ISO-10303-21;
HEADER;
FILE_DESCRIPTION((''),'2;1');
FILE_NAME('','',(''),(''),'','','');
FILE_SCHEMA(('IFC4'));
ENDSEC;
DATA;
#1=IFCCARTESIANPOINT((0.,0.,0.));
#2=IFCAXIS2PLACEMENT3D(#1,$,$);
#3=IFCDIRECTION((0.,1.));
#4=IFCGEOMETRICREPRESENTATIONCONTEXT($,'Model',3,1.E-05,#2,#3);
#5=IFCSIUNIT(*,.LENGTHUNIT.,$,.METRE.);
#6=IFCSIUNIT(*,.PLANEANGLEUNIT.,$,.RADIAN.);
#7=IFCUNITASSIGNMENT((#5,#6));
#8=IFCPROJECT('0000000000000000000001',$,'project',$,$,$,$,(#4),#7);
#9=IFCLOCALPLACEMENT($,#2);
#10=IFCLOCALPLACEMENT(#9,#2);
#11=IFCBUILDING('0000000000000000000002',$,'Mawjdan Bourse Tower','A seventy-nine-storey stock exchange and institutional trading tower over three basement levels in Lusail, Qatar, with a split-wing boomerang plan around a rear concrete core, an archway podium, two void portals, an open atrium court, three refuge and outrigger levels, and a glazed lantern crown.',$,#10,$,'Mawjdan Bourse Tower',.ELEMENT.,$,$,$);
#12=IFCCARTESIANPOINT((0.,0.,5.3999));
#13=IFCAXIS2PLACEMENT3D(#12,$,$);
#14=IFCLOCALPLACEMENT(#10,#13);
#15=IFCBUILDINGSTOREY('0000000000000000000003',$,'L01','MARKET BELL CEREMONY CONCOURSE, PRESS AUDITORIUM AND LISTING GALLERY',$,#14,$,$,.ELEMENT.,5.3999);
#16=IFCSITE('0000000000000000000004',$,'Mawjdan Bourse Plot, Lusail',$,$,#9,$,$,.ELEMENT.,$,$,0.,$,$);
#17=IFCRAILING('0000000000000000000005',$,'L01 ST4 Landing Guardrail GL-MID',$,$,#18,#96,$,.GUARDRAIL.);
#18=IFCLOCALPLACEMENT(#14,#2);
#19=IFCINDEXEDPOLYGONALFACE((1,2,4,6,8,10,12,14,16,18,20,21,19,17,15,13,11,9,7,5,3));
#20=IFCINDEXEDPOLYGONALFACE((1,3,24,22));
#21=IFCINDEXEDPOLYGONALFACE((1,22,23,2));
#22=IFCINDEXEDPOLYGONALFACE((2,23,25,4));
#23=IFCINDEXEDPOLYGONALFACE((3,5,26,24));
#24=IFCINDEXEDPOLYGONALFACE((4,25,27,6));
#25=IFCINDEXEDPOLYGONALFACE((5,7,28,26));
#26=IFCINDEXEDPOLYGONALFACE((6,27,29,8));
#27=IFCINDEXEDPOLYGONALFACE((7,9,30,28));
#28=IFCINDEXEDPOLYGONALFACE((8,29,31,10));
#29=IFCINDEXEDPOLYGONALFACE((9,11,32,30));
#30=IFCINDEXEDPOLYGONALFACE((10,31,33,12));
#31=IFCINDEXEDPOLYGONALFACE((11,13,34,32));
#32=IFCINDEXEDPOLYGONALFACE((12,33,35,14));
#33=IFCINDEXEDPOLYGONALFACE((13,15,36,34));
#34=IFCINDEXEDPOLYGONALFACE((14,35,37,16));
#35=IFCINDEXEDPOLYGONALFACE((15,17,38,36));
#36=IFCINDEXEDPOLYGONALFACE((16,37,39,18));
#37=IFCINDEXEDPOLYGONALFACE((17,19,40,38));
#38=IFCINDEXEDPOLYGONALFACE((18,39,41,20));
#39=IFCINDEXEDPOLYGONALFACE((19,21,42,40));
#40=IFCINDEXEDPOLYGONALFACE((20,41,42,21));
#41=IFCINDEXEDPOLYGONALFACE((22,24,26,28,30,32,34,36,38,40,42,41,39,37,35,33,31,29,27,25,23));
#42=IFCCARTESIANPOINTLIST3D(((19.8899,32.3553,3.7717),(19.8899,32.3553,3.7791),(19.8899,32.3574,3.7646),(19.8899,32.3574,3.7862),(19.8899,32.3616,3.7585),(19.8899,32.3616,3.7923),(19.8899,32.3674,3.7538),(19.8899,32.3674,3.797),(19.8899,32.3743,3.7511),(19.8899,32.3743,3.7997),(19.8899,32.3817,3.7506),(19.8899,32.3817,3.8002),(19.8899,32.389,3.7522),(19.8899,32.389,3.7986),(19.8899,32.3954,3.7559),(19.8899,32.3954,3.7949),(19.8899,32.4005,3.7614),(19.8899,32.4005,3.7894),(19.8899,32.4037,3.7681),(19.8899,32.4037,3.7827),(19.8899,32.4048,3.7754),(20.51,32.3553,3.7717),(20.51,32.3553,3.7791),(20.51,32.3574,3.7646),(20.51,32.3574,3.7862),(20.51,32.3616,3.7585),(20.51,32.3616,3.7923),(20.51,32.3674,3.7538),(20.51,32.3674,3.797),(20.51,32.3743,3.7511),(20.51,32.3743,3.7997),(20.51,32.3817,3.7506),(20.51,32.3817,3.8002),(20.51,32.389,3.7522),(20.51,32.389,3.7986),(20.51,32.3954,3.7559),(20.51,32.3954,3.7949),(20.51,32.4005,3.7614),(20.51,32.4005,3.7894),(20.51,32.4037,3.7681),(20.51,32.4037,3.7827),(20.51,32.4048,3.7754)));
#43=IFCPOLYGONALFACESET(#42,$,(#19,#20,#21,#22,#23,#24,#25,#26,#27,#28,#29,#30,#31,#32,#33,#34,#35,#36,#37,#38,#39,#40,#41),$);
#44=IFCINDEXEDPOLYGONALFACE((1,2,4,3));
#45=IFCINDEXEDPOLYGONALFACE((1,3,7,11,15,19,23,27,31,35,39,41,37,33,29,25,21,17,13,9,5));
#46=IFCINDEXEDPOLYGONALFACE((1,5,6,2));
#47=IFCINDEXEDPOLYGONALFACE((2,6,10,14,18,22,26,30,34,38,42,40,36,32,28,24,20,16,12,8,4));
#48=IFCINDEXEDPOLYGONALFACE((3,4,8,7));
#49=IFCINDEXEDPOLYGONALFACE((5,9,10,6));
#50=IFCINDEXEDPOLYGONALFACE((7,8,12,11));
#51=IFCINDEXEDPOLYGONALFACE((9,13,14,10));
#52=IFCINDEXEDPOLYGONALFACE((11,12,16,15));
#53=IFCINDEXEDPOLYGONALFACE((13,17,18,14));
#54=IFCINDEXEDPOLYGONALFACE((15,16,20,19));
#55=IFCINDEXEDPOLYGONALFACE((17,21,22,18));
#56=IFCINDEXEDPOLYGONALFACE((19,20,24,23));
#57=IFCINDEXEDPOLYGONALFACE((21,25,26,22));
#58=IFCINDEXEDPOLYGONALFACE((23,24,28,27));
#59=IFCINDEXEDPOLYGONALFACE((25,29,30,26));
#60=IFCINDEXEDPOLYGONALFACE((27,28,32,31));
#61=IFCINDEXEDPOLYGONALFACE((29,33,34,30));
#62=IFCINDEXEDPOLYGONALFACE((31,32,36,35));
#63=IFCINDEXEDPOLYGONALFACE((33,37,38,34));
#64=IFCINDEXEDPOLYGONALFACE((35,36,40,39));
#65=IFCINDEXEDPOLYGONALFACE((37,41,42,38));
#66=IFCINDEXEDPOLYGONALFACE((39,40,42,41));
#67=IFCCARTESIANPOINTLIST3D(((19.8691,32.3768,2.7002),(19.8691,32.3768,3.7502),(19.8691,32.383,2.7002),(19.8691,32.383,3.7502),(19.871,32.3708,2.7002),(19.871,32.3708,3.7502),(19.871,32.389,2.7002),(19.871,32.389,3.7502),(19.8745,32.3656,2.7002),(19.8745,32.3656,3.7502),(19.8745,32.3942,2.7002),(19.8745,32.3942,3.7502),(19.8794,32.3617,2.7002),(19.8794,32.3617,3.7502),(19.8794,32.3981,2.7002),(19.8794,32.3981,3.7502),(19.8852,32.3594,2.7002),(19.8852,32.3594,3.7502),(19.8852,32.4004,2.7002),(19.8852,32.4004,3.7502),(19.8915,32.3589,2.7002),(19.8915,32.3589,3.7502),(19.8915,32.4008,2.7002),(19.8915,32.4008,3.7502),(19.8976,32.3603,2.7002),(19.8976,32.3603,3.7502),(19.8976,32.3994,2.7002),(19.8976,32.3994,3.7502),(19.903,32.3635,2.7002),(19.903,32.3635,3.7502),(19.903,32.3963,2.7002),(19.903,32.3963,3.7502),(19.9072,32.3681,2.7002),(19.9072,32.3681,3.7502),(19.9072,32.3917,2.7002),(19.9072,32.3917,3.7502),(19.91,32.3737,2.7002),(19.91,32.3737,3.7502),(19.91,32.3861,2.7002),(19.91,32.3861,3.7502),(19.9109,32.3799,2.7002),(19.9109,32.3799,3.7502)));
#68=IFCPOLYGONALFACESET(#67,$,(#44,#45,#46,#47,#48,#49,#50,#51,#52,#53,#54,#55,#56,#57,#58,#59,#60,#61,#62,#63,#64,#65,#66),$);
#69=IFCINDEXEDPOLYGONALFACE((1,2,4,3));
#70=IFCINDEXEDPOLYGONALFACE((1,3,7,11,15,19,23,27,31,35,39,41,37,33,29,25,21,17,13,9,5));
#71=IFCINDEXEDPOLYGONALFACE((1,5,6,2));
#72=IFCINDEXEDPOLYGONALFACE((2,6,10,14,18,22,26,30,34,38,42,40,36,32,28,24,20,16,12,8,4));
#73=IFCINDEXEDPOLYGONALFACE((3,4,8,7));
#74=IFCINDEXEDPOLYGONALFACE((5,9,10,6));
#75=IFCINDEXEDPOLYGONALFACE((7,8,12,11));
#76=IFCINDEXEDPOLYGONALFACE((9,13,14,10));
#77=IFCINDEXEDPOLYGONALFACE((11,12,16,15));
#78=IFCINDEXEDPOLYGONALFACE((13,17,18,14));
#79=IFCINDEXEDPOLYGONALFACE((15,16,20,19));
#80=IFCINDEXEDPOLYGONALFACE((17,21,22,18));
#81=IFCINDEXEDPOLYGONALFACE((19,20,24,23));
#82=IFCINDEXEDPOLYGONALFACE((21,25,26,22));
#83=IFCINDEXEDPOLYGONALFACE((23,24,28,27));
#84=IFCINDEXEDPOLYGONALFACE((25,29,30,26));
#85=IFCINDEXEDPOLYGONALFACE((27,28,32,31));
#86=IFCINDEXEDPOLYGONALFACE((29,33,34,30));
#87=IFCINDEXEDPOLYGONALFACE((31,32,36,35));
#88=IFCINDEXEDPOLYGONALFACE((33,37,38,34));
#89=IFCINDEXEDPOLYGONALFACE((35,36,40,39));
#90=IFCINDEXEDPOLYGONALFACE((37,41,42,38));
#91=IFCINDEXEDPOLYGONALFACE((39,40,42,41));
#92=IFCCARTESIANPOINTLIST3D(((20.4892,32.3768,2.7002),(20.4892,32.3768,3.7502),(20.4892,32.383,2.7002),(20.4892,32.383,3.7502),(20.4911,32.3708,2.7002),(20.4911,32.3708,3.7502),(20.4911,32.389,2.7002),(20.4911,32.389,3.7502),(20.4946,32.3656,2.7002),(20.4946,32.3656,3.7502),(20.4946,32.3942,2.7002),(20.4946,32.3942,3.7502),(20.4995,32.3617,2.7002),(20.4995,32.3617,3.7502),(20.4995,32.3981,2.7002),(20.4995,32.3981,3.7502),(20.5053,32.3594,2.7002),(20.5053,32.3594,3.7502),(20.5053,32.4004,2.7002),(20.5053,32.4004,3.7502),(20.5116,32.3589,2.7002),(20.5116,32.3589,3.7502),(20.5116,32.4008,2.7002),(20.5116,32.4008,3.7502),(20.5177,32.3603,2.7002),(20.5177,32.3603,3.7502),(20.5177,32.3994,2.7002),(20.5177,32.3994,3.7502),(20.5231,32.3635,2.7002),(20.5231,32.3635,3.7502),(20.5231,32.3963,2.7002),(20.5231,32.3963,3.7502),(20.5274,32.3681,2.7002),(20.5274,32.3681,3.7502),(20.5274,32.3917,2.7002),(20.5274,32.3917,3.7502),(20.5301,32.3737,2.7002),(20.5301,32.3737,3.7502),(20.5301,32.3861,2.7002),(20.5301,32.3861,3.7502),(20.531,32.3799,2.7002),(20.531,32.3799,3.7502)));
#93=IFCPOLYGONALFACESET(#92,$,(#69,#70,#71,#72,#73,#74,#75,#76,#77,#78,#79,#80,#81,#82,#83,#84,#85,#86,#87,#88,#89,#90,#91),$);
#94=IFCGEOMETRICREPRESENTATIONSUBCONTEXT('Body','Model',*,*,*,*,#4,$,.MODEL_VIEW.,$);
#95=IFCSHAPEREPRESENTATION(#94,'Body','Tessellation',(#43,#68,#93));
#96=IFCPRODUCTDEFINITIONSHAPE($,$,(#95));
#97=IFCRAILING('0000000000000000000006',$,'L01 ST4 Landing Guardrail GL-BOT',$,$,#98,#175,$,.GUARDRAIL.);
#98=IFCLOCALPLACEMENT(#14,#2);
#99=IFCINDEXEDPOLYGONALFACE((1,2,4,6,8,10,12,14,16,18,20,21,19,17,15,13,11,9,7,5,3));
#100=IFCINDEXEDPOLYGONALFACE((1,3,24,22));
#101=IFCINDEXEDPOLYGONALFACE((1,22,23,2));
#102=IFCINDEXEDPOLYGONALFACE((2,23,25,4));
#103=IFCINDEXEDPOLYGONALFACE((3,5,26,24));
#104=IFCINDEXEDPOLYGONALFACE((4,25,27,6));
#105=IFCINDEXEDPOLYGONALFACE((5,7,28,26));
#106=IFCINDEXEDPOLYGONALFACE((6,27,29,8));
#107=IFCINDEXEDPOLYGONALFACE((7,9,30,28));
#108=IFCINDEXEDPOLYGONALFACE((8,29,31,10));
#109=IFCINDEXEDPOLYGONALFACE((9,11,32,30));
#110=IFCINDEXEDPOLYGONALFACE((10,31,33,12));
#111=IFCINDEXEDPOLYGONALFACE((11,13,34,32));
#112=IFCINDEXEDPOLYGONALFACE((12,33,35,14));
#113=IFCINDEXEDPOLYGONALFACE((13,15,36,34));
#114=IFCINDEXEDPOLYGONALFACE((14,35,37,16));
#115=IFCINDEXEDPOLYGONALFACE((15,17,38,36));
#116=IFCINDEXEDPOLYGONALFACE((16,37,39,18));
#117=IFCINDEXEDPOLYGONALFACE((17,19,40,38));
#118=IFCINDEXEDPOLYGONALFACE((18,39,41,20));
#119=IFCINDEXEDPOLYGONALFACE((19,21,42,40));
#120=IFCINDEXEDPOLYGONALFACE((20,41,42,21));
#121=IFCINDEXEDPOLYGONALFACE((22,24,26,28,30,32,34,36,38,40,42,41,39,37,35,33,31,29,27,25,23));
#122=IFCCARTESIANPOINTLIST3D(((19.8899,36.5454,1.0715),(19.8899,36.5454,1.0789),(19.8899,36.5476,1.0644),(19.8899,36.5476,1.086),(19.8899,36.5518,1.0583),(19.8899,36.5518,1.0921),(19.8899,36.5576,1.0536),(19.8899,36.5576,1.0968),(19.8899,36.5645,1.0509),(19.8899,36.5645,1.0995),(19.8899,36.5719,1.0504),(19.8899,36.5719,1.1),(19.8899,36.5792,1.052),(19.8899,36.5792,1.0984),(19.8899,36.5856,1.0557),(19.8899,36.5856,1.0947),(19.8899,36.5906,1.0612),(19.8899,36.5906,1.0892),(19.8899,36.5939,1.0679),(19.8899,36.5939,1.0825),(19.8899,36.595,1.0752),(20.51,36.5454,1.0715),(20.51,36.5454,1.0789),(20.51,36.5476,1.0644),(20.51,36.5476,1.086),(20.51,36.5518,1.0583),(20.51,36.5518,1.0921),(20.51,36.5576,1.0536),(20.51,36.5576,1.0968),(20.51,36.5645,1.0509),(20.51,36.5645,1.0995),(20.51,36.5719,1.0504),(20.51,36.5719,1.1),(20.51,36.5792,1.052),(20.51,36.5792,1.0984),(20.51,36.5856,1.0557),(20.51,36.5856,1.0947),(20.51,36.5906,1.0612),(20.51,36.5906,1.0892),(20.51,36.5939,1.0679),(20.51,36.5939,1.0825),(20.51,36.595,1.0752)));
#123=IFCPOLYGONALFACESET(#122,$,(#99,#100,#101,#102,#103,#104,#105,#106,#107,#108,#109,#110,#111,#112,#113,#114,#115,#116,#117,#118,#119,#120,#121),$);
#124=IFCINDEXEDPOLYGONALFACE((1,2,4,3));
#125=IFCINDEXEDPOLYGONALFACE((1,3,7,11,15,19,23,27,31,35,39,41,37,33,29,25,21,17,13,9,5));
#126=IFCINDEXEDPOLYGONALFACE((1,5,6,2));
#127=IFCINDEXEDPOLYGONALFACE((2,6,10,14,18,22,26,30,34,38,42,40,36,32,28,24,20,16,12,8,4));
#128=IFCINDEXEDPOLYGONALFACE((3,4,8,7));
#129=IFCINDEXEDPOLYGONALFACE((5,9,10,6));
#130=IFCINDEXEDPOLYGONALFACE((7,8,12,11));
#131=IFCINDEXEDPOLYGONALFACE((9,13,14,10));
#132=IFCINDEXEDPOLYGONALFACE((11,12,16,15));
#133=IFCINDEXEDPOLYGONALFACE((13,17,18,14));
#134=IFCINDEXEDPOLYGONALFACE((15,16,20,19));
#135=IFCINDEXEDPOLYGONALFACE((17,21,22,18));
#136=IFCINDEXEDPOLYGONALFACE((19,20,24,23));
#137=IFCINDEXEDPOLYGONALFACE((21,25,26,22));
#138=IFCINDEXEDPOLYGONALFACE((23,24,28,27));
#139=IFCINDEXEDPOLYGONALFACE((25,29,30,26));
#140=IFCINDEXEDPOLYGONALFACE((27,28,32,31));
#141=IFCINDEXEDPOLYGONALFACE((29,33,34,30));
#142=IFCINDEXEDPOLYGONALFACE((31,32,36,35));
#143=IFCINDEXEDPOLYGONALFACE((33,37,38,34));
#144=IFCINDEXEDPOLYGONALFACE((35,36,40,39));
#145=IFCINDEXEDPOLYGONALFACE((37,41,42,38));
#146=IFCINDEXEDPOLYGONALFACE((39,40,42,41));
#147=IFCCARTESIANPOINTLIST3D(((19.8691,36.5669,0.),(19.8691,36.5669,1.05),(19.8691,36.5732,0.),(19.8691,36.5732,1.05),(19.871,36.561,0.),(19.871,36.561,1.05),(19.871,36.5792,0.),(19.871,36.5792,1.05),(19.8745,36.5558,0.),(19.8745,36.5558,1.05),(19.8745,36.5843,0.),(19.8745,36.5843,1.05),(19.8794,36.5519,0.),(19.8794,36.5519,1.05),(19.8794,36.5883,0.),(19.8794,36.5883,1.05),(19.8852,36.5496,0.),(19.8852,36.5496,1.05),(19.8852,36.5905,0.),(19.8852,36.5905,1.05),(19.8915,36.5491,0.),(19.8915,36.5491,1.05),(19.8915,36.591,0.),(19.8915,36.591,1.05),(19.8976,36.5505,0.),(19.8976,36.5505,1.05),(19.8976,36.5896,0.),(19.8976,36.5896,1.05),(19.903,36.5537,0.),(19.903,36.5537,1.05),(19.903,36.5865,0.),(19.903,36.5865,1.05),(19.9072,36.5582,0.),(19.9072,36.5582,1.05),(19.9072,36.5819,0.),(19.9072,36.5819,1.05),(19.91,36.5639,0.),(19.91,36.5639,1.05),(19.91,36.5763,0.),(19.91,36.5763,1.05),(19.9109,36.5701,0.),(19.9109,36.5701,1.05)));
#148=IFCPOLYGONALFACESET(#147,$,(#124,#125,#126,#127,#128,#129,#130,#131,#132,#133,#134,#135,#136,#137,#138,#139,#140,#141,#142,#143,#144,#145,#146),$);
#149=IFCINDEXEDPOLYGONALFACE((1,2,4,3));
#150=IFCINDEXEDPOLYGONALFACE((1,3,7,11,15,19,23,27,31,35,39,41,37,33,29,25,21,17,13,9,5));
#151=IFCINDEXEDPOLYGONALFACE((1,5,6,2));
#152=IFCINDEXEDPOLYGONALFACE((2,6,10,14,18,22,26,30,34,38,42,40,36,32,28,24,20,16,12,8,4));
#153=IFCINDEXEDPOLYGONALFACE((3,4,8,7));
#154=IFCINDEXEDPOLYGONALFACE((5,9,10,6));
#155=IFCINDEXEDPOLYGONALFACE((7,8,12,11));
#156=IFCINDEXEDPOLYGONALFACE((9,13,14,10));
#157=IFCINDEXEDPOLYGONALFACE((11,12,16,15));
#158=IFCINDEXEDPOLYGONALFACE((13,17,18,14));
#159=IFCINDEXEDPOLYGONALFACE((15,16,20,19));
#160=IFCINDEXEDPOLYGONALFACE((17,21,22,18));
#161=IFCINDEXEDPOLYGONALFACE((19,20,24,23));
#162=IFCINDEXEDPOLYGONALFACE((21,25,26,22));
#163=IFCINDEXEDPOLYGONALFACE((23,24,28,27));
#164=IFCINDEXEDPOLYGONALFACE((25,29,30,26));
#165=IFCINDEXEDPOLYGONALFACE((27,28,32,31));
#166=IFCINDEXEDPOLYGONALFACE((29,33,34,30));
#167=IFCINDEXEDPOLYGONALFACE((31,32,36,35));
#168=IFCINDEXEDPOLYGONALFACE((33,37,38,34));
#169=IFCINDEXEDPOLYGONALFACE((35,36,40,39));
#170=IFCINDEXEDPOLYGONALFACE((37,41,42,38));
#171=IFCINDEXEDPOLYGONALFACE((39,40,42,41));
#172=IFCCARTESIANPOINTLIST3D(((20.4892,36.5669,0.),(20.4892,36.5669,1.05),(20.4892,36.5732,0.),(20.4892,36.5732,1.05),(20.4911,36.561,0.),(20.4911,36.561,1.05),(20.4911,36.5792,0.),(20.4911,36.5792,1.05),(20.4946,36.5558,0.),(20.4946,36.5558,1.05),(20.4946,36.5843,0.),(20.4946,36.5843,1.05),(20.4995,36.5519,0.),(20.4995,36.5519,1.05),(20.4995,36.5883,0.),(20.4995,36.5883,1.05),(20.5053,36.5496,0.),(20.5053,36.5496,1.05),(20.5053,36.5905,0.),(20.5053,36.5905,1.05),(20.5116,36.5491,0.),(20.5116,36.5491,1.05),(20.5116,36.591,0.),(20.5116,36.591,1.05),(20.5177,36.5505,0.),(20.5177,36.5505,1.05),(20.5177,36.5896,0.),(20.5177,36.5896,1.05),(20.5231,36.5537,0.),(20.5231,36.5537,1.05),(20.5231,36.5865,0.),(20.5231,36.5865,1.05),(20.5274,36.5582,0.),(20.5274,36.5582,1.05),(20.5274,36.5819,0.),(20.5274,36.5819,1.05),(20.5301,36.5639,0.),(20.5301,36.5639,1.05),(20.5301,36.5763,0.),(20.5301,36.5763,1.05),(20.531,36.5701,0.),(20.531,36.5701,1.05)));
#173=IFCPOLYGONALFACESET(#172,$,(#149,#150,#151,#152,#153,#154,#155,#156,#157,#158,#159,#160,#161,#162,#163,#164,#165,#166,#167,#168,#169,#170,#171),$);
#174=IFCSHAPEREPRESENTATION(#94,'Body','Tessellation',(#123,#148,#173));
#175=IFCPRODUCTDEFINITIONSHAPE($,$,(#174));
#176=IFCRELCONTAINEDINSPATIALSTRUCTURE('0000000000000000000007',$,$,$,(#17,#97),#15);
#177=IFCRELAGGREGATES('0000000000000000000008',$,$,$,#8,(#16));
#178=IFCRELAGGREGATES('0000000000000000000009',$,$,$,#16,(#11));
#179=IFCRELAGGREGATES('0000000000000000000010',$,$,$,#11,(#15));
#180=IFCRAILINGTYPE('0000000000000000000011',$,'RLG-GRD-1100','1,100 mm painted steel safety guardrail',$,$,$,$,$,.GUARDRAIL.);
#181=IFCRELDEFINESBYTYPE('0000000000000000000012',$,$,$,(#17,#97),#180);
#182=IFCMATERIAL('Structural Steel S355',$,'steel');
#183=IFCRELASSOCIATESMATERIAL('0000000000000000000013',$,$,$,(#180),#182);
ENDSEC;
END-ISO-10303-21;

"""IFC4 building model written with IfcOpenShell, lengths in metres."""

from ifc_helpers import new_model, si_unit, direction, frame, origin, origin_2d, place, context, subcontext, project, spatial, circle, extrude, material, type_object, element, save


model = new_model("IFC4")

# Units and contexts
model_context = context("Model", 3, precision=1e-05, world=origin(), true_north=direction((0.0, 1.0)))
body_context = subcontext(model_context, "Body", "Model", "MODEL_VIEW")
ifc_project = project(units=[si_unit("LENGTHUNIT", "METRE"), si_unit("PLANEANGLEUNIT", "RADIAN")], contexts=[model_context])

# Site, building, storey
site_placement = place(None, origin())
site = spatial("IfcSite", under=ifc_project, at=site_placement, Name="Mawjdan Bourse Plot, Lusail", CompositionType="ELEMENT", RefElevation=0.0)
building_placement = place(site_placement, origin())
building = spatial("IfcBuilding", under=site, at=building_placement, Name="Mawjdan Bourse Tower", Description="A seventy-nine-storey stock exchange and institutional trading tower over three basement levels in Lusail, Qatar, with a split-wing boomerang plan around a rear concrete core, an archway podium, two void portals, an open atrium court, three refuge and outrigger levels, and a glazed lantern crown.", LongName="Mawjdan Bourse Tower", CompositionType="ELEMENT")
storey_placement = place(building_placement, frame((0.0, 0.0, 5.3999)))
storey = spatial("IfcBuildingStorey", under=building, at=storey_placement, Name="L01", Description="MARKET BELL CEREMONY CONCOURSE, PRESS AUDITORIUM AND LISTING GALLERY", CompositionType="ELEMENT", Elevation=5.3999)

# Shared definitions
ifc_material_1 = material(Name="Structural Steel S355", Category="steel")

# Railings
railing_type_1 = type_object("IfcRailingType", Name="RLG-GRD-1100", Description="1,100 mm painted steel safety guardrail", PredefinedType="GUARDRAIL", material=ifc_material_1)
for number, where, name in (
    (1, (19.8899, 32.3799, 2.7002), "L01 ST4 Landing Guardrail GL-MID"),
    (2, (19.8899, 36.5701, 0.0), "L01 ST4 Landing Guardrail GL-BOT"),
):
    element("IfcRailing", number, at=place(storey_placement, frame(where)), inside=storey, type_object=railing_type_1, Name=name, PredefinedType="GUARDRAIL", context=body_context, shape_type="SweptSolid", body=[
        extrude(circle(Radius=0.0249, at=origin_2d()), frame((0.0, 0.0, 1.0752), z_axis=(1.0, 0.0, 0.0), x_axis=(0.0, 1.0, 0.0)), (0.0, 0.0, 1.0), 0.6201),
        extrude(circle(Radius=0.021, at=origin_2d()), origin(), (0.0, 0.0, 1.0), 1.05),
        extrude(circle(Radius=0.021, at=origin_2d()), frame((0.6201, 0.0, 0.0)), (0.0, 0.0, 1.0), 1.05),
    ])

save(model, "model.ifc")
